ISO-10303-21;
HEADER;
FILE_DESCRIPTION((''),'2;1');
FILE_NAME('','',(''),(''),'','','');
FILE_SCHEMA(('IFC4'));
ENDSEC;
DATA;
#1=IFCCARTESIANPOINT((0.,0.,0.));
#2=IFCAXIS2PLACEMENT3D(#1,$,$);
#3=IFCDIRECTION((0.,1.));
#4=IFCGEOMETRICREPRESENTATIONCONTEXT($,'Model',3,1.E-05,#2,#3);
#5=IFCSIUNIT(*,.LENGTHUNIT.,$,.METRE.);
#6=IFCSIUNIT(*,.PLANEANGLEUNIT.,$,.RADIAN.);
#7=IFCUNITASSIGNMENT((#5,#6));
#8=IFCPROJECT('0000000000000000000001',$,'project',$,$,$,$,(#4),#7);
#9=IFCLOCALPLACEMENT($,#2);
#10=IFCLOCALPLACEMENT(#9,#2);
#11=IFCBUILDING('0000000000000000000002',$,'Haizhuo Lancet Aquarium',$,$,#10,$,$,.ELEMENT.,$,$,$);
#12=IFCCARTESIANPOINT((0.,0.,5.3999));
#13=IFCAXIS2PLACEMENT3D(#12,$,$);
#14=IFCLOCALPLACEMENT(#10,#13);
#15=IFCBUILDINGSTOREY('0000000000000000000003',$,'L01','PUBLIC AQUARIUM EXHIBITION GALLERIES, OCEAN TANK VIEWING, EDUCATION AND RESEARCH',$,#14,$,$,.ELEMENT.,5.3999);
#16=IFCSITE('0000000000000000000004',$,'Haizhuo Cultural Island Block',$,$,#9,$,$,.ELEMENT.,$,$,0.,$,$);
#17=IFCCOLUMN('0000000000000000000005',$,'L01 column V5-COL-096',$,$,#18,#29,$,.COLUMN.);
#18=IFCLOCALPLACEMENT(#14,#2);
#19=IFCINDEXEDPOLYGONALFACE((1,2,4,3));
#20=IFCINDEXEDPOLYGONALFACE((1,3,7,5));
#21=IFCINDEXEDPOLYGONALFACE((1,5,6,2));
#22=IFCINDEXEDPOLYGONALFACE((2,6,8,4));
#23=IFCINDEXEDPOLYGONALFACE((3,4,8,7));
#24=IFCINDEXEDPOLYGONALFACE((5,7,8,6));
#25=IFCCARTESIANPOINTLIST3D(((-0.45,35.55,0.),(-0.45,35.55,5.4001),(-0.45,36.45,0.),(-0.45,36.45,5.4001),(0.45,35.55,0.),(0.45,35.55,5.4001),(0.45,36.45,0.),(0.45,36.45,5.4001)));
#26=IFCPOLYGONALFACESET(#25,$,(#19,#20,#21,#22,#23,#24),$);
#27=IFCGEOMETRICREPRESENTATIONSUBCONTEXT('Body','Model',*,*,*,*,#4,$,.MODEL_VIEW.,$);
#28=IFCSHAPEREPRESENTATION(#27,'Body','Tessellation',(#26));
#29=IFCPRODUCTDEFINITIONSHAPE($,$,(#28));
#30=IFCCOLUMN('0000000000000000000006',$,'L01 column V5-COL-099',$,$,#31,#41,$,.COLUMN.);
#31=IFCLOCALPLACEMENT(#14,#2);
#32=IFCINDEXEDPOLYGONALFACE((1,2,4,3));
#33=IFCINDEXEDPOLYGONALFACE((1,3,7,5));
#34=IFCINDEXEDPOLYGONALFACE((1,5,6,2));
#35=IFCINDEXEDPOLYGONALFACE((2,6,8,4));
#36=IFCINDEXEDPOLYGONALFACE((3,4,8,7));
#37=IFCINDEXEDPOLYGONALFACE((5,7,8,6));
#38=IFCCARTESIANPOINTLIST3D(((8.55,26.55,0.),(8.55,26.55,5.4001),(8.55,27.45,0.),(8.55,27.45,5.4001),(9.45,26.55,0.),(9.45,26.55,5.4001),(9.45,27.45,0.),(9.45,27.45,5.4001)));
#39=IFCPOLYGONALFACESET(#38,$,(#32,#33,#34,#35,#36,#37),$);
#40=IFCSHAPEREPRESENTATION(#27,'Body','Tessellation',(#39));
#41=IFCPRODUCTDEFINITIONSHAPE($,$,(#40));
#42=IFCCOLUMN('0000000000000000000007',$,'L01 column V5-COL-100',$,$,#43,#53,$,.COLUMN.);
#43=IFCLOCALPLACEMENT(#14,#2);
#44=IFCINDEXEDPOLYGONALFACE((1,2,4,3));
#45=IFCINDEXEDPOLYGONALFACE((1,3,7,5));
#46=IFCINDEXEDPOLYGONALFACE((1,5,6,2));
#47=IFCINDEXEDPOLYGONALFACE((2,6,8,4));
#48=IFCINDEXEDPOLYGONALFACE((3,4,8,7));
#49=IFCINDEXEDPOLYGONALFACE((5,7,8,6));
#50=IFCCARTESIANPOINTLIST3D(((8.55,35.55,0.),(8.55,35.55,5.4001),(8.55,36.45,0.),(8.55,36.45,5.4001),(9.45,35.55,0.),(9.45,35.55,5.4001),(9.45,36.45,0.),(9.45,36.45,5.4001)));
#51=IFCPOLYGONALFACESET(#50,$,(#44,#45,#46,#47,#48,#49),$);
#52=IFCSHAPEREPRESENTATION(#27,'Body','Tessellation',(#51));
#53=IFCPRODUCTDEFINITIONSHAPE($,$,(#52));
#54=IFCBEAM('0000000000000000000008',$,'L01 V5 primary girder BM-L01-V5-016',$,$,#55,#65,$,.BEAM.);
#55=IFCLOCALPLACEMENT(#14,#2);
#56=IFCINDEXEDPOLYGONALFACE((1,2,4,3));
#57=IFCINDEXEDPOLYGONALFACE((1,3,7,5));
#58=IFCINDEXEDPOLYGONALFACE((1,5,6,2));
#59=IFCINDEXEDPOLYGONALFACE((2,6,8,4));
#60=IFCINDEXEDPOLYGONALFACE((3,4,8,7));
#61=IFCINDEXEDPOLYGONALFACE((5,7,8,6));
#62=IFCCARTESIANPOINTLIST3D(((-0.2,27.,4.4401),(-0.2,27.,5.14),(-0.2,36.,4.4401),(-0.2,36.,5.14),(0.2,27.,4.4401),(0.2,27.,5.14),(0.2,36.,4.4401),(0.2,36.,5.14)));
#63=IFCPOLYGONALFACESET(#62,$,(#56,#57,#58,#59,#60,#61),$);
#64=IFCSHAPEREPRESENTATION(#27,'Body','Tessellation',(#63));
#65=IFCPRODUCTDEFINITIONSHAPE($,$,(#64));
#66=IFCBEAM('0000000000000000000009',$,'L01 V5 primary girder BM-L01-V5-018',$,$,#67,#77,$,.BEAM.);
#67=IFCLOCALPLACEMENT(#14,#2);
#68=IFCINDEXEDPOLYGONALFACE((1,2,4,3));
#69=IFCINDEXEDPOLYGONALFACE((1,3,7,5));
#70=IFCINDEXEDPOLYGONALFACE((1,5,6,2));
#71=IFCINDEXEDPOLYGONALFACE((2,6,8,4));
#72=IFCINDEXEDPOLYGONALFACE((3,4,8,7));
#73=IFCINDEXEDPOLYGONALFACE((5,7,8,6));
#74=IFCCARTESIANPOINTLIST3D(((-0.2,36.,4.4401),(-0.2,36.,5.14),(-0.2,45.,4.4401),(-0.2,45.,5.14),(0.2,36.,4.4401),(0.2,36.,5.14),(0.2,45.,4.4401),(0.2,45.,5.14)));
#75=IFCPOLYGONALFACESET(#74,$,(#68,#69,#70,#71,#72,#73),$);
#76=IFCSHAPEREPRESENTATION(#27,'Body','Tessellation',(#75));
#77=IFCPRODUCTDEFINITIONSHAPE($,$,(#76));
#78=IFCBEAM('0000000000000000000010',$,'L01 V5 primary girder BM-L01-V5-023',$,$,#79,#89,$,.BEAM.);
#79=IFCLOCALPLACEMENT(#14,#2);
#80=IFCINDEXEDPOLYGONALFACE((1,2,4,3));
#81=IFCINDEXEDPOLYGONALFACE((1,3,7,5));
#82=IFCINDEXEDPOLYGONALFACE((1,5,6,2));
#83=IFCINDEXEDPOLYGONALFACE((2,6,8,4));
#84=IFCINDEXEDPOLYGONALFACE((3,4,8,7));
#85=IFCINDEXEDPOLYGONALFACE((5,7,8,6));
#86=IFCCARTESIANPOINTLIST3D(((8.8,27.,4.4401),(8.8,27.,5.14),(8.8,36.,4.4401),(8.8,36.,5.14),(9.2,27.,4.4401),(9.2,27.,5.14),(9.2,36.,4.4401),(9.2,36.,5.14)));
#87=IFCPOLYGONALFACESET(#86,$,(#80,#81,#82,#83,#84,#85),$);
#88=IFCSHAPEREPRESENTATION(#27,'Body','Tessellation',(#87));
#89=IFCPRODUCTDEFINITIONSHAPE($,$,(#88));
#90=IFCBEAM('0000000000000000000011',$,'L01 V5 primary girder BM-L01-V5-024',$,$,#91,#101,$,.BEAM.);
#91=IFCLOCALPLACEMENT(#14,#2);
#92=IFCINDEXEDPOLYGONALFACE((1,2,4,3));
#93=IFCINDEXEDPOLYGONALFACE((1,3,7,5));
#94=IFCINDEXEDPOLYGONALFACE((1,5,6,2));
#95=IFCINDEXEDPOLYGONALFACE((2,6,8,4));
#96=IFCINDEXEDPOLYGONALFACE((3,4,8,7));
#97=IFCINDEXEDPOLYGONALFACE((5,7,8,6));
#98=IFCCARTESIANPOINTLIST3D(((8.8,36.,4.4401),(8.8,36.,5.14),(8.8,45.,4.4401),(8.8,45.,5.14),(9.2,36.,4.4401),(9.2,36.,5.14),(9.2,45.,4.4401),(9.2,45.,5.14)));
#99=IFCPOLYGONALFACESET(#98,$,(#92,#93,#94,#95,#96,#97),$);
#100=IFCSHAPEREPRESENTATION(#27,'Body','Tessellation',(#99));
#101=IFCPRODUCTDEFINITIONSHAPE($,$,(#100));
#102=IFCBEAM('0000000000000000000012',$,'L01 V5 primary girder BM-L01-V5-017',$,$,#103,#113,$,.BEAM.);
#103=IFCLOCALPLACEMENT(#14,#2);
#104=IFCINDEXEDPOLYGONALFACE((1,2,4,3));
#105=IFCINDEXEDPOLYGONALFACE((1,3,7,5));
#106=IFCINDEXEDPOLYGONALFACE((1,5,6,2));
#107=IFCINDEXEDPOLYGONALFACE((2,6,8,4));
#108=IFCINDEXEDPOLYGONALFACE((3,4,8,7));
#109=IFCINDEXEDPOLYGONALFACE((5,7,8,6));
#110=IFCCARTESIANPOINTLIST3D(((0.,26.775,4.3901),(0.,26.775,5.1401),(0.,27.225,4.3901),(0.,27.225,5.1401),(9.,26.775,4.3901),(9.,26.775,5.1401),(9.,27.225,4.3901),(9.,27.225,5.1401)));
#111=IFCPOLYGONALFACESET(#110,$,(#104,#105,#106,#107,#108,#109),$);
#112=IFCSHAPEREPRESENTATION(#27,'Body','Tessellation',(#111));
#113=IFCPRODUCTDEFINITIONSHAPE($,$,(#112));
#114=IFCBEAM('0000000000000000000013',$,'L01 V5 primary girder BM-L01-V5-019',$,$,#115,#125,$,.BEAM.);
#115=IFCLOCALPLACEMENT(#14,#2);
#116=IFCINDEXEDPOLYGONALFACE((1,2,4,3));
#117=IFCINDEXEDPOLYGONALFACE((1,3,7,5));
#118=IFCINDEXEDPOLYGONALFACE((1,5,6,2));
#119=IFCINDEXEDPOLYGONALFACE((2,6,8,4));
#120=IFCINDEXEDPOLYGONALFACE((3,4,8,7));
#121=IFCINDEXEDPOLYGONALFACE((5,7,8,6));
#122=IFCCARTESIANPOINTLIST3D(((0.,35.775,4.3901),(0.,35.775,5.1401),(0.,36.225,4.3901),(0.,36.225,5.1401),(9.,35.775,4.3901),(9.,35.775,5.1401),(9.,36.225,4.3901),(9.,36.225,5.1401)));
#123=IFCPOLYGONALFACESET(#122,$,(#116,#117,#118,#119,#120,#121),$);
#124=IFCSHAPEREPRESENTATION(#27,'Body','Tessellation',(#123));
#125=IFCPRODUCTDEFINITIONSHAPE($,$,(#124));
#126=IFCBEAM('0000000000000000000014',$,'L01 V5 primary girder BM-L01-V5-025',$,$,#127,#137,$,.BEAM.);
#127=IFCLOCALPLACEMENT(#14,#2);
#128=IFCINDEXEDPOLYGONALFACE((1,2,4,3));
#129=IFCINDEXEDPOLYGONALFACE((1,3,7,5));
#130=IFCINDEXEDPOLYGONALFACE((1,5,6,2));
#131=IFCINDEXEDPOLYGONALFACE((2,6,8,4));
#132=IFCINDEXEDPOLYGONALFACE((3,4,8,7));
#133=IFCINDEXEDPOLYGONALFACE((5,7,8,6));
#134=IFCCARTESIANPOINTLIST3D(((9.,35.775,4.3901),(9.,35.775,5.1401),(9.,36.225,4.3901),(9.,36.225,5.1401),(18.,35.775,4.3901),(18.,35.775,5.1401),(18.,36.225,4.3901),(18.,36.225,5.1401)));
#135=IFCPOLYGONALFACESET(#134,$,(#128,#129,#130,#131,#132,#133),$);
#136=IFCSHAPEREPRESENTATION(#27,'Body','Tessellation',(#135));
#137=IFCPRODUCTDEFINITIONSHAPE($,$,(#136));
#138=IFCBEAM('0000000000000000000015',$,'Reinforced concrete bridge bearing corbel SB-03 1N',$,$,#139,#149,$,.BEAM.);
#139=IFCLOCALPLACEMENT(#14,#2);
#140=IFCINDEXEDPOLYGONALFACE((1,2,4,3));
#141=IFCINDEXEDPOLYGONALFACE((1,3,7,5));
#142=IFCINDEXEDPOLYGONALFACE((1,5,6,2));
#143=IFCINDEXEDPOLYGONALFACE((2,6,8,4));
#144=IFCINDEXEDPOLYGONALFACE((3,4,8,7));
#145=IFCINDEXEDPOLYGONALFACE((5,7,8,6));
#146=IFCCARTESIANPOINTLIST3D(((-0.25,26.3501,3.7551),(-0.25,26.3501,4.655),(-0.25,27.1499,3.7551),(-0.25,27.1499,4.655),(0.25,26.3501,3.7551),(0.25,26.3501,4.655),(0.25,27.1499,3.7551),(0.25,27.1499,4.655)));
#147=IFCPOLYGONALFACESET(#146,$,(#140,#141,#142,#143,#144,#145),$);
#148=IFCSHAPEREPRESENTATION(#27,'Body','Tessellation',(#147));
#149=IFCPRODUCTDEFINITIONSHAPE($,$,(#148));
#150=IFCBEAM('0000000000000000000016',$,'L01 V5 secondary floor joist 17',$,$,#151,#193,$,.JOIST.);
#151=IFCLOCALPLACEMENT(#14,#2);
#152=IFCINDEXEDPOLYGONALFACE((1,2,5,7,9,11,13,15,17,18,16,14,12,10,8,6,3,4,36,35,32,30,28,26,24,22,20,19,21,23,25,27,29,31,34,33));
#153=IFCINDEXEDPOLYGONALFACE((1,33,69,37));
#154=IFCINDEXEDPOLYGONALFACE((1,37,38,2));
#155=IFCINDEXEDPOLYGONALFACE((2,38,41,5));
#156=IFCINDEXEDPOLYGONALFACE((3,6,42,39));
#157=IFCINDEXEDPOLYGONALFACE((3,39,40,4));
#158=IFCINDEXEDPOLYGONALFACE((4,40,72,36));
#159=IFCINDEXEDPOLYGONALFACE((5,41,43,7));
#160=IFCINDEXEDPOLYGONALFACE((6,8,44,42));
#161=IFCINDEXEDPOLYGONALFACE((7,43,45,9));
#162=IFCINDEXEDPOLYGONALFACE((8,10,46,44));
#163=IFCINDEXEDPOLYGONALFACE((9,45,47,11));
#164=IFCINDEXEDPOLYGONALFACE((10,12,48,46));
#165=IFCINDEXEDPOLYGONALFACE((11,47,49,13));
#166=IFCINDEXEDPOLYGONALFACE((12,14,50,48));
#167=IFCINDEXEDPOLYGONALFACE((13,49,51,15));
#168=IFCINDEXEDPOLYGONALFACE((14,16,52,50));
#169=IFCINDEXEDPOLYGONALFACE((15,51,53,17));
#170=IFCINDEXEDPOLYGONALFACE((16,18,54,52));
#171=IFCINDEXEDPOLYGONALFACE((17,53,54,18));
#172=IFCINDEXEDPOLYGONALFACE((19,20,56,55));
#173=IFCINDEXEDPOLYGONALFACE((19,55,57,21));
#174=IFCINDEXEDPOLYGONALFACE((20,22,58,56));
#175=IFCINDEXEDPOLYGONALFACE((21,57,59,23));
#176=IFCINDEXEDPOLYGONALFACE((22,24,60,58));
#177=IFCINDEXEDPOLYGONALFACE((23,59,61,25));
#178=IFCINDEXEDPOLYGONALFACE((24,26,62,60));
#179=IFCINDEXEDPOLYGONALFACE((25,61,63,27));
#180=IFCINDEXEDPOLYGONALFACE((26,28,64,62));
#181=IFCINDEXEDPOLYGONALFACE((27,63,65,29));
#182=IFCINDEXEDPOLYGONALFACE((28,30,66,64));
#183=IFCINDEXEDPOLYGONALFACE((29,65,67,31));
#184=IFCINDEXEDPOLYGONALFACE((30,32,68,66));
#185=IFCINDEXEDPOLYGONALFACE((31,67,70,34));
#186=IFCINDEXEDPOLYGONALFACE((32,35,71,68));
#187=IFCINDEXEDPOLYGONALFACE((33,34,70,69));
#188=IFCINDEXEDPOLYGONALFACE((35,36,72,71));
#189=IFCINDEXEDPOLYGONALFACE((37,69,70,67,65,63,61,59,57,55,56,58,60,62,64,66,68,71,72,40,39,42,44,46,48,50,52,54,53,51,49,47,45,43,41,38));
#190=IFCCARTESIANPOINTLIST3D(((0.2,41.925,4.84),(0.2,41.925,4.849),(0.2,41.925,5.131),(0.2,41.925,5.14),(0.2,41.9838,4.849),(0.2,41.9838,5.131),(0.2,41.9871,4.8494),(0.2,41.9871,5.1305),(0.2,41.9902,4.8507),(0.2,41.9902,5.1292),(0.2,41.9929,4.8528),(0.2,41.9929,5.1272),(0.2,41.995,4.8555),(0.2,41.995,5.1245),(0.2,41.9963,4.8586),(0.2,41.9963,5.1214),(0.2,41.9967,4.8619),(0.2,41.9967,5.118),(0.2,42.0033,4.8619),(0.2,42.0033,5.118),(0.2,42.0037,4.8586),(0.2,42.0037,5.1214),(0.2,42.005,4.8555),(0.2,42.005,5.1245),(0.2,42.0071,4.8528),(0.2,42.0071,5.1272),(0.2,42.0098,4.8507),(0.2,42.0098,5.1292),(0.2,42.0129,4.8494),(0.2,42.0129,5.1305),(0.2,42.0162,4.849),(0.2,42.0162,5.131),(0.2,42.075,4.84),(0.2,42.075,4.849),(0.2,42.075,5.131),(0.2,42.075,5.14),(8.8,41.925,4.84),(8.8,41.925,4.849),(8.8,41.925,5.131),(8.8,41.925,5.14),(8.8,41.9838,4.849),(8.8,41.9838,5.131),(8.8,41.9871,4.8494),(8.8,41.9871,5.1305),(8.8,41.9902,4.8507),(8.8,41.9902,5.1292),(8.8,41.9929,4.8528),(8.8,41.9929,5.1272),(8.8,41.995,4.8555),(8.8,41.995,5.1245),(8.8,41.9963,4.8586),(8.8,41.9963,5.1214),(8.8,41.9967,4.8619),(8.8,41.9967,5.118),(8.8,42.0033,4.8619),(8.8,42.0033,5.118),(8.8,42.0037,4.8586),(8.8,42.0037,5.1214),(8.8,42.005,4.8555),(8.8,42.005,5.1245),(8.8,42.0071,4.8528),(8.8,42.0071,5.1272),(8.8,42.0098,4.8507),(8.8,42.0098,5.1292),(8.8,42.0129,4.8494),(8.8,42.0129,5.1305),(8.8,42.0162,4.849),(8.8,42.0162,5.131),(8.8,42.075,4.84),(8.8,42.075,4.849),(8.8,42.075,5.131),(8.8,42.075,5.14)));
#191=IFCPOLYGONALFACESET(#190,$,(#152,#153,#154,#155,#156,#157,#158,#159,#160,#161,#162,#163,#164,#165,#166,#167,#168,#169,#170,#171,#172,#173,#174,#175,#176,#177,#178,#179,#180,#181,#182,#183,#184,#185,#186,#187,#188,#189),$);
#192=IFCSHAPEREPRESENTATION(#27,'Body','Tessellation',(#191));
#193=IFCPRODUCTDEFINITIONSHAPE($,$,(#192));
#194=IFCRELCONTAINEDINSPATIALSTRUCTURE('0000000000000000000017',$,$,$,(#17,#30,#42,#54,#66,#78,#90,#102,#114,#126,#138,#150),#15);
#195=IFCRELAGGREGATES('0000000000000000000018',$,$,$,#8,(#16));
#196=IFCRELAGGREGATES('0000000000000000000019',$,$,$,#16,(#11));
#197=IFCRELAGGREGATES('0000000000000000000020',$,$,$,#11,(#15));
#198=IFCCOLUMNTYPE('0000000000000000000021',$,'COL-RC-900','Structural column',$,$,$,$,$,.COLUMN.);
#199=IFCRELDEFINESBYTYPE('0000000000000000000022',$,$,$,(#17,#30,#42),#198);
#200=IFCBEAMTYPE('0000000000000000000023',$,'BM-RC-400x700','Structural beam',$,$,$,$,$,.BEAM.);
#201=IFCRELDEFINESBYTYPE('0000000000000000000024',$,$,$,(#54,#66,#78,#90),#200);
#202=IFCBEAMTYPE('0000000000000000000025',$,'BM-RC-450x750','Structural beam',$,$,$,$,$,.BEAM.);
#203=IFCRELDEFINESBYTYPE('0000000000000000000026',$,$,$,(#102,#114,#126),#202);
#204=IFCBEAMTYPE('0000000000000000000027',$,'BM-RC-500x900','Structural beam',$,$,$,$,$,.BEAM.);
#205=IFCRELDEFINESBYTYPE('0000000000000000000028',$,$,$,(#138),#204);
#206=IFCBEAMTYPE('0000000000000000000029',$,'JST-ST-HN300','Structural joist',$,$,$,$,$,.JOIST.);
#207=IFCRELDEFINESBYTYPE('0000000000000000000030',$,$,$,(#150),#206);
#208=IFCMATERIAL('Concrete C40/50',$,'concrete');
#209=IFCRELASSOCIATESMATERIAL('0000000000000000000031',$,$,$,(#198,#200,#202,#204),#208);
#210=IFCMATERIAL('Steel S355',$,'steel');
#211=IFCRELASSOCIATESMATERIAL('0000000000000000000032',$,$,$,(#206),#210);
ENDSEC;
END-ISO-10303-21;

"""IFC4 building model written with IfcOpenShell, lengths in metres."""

from ifc_helpers import new_model, si_unit, direction, frame, origin, origin_2d, place, context, subcontext, project, spatial, rectangle, i_section, extrude, material, material_profile, profile_set, type_object, element, save


model = new_model("IFC4")

# Units and contexts
model_context = context("Model", 3, precision=1e-05, world=origin(), true_north=direction((0.0, 1.0)))
body_context = subcontext(model_context, "Body", "Model", "MODEL_VIEW")
ifc_project = project(units=[si_unit("LENGTHUNIT", "METRE"), si_unit("PLANEANGLEUNIT", "RADIAN")], contexts=[model_context])

# Site, building, storey
site_placement = place(None, origin())
site = spatial("IfcSite", under=ifc_project, at=site_placement, Name="Haizhuo Cultural Island Block", CompositionType="ELEMENT", RefElevation=0.0)
building_placement = place(site_placement, origin())
building = spatial("IfcBuilding", under=site, at=building_placement, Name="Haizhuo Lancet Aquarium", CompositionType="ELEMENT")
storey_placement = place(building_placement, frame((0.0, 0.0, 5.3999)))
storey = spatial("IfcBuildingStorey", under=building, at=storey_placement, Name="L01", Description="PUBLIC AQUARIUM EXHIBITION GALLERIES, OCEAN TANK VIEWING, EDUCATION AND RESEARCH", CompositionType="ELEMENT", Elevation=5.3999)

# Columns
ifc_material_1 = material(Name="Concrete C40/50", Category="concrete")
ifc_material_profile_1 = material_profile(ifc_material_1, rectangle(XDim=0.8999, YDim=0.8999, at=origin_2d()), Name="RC-COL 900x900")
ifc_profile_set_1 = profile_set([ifc_material_profile_1], Name="Concrete C40/50")
column_type = type_object("IfcColumnType", Name="COL-RC-900", Description="Structural column", PredefinedType="COLUMN", material=ifc_profile_set_1)
for number, where, z_axis, x_axis, name in (
    (1, (0.0, 36.0, 0.0), (0.0, 0.0, 1.0), (1.0, 0.0, 0.0), "L01 column V5-COL-096"),
    (2, (9.0, 27.0, 0.0), (0.0, 0.0, 1.0), (1.0, 0.0, 0.0), "L01 column V5-COL-099"),
    (3, (9.0, 36.0, 0.0), (0.0, 0.0, 1.0), (1.0, 0.0, 0.0), "L01 column V5-COL-100"),
):
    element("IfcColumn", number, at=place(storey_placement, frame(where, z_axis=z_axis, x_axis=x_axis)), inside=storey, type_object=column_type, Name=name, PredefinedType="COLUMN", context=body_context, shape_type="SweptSolid", body=[
        extrude(rectangle(XDim=0.8999, YDim=0.8999, at=origin_2d()), origin(), (0.0, 0.0, 1.0), 5.4001),
    ])

# Beams
ifc_material_profile_2 = material_profile(ifc_material_1, rectangle(XDim=0.3999, YDim=0.7, at=origin_2d()), Name="RC-BM 400x700")
ifc_profile_set_2 = profile_set([ifc_material_profile_2], Name="Concrete C40/50")
beam_type_1 = type_object("IfcBeamType", Name="BM-RC-400x700", Description="Structural beam", PredefinedType="BEAM", material=ifc_profile_set_2)
for number, where, z_axis, x_axis, name in (
    (4, (0.0, 27.0, 4.79), (0.0, 1.0, 0.0), (-1.0, 0.0, 0.0), "L01 V5 primary girder BM-L01-V5-016"),
    (5, (0.0, 36.0, 4.79), (0.0, 1.0, 0.0), (-1.0, 0.0, 0.0), "L01 V5 primary girder BM-L01-V5-018"),
    (6, (9.0, 27.0, 4.79), (0.0, 1.0, 0.0), (-1.0, 0.0, 0.0), "L01 V5 primary girder BM-L01-V5-023"),
    (7, (9.0, 36.0, 4.79), (0.0, 1.0, 0.0), (-1.0, 0.0, 0.0), "L01 V5 primary girder BM-L01-V5-024"),
):
    element("IfcBeam", number, at=place(storey_placement, frame(where, z_axis=z_axis, x_axis=x_axis)), inside=storey, type_object=beam_type_1, Name=name, PredefinedType="BEAM", context=body_context, shape_type="SweptSolid", body=[
        extrude(rectangle(XDim=0.3999, YDim=0.7, at=origin_2d()), origin(), (0.0, 0.0, 1.0), 9.0),
    ])
ifc_material_profile_3 = material_profile(ifc_material_1, rectangle(XDim=0.45, YDim=0.75, at=origin_2d()), Name="RC-BM 450x750")
ifc_profile_set_3 = profile_set([ifc_material_profile_3], Name="Concrete C40/50")
beam_type_2 = type_object("IfcBeamType", Name="BM-RC-450x750", Description="Structural beam", PredefinedType="BEAM", material=ifc_profile_set_3)
for number, where, z_axis, x_axis, name in (
    (8, (0.0, 27.0, 4.7651), (1.0, 0.0, 0.0), (0.0, 1.0, 0.0), "L01 V5 primary girder BM-L01-V5-017"),
    (9, (0.0, 36.0, 4.7651), (1.0, 0.0, 0.0), (0.0, 1.0, 0.0), "L01 V5 primary girder BM-L01-V5-019"),
    (10, (9.0, 36.0, 4.7651), (1.0, 0.0, 0.0), (0.0, 1.0, 0.0), "L01 V5 primary girder BM-L01-V5-025"),
):
    element("IfcBeam", number, at=place(storey_placement, frame(where, z_axis=z_axis, x_axis=x_axis)), inside=storey, type_object=beam_type_2, Name=name, PredefinedType="BEAM", context=body_context, shape_type="SweptSolid", body=[
        extrude(rectangle(XDim=0.45, YDim=0.75, at=origin_2d()), origin(), (0.0, 0.0, 1.0), 9.0),
    ])
ifc_material_profile_4 = material_profile(ifc_material_1, rectangle(XDim=0.5, YDim=0.8999, at=origin_2d()), Name="RC-BM 500x900")
ifc_profile_set_4 = profile_set([ifc_material_profile_4], Name="Concrete C40/50")
beam_type_3 = type_object("IfcBeamType", Name="BM-RC-500x900", Description="Structural beam", PredefinedType="BEAM", material=ifc_profile_set_4)
beam_1_placement = place(storey_placement, frame((0.0, 27.1499, 4.2051), z_axis=(0.0, -1.0, 0.0), x_axis=(1.0, 0.0, 0.0)))
element("IfcBeam", 11, at=beam_1_placement, inside=storey, type_object=beam_type_3, Name="Reinforced concrete bridge bearing corbel SB-03 1N", PredefinedType="BEAM", context=body_context, shape_type="SweptSolid", body=[
    extrude(rectangle(XDim=0.5, YDim=0.8999, at=origin_2d()), origin(), (0.0, 0.0, 1.0), 0.7998),
])
ifc_material_2 = material(Name="Steel S355", Category="steel")
ifc_material_profile_5 = material_profile(ifc_material_2, i_section(OverallWidth=0.1499, OverallDepth=0.3, WebThickness=0.0066, FlangeThickness=0.009, FilletRadius=0.0129, at=origin_2d()), Name="HN 300x150x6.5x9")
ifc_profile_set_5 = profile_set([ifc_material_profile_5], Name="Steel S355")
beam_type_4 = type_object("IfcBeamType", Name="JST-ST-HN300", Description="Structural joist", PredefinedType="JOIST", material=ifc_profile_set_5)
beam_2_placement = place(storey_placement, frame((0.2, 42.0, 4.99), z_axis=(1.0, 0.0, 0.0), x_axis=(0.0, 1.0, 0.0)))
element("IfcBeam", 12, at=beam_2_placement, inside=storey, type_object=beam_type_4, Name="L01 V5 secondary floor joist 17", PredefinedType="JOIST", context=body_context, shape_type="SweptSolid", body=[
    extrude(i_section(OverallWidth=0.1499, OverallDepth=0.3, WebThickness=0.0066, FlangeThickness=0.009, FilletRadius=0.0129, at=origin_2d()), origin(), (0.0, 0.0, 1.0), 8.6001),
])

save(model, "model.ifc")
